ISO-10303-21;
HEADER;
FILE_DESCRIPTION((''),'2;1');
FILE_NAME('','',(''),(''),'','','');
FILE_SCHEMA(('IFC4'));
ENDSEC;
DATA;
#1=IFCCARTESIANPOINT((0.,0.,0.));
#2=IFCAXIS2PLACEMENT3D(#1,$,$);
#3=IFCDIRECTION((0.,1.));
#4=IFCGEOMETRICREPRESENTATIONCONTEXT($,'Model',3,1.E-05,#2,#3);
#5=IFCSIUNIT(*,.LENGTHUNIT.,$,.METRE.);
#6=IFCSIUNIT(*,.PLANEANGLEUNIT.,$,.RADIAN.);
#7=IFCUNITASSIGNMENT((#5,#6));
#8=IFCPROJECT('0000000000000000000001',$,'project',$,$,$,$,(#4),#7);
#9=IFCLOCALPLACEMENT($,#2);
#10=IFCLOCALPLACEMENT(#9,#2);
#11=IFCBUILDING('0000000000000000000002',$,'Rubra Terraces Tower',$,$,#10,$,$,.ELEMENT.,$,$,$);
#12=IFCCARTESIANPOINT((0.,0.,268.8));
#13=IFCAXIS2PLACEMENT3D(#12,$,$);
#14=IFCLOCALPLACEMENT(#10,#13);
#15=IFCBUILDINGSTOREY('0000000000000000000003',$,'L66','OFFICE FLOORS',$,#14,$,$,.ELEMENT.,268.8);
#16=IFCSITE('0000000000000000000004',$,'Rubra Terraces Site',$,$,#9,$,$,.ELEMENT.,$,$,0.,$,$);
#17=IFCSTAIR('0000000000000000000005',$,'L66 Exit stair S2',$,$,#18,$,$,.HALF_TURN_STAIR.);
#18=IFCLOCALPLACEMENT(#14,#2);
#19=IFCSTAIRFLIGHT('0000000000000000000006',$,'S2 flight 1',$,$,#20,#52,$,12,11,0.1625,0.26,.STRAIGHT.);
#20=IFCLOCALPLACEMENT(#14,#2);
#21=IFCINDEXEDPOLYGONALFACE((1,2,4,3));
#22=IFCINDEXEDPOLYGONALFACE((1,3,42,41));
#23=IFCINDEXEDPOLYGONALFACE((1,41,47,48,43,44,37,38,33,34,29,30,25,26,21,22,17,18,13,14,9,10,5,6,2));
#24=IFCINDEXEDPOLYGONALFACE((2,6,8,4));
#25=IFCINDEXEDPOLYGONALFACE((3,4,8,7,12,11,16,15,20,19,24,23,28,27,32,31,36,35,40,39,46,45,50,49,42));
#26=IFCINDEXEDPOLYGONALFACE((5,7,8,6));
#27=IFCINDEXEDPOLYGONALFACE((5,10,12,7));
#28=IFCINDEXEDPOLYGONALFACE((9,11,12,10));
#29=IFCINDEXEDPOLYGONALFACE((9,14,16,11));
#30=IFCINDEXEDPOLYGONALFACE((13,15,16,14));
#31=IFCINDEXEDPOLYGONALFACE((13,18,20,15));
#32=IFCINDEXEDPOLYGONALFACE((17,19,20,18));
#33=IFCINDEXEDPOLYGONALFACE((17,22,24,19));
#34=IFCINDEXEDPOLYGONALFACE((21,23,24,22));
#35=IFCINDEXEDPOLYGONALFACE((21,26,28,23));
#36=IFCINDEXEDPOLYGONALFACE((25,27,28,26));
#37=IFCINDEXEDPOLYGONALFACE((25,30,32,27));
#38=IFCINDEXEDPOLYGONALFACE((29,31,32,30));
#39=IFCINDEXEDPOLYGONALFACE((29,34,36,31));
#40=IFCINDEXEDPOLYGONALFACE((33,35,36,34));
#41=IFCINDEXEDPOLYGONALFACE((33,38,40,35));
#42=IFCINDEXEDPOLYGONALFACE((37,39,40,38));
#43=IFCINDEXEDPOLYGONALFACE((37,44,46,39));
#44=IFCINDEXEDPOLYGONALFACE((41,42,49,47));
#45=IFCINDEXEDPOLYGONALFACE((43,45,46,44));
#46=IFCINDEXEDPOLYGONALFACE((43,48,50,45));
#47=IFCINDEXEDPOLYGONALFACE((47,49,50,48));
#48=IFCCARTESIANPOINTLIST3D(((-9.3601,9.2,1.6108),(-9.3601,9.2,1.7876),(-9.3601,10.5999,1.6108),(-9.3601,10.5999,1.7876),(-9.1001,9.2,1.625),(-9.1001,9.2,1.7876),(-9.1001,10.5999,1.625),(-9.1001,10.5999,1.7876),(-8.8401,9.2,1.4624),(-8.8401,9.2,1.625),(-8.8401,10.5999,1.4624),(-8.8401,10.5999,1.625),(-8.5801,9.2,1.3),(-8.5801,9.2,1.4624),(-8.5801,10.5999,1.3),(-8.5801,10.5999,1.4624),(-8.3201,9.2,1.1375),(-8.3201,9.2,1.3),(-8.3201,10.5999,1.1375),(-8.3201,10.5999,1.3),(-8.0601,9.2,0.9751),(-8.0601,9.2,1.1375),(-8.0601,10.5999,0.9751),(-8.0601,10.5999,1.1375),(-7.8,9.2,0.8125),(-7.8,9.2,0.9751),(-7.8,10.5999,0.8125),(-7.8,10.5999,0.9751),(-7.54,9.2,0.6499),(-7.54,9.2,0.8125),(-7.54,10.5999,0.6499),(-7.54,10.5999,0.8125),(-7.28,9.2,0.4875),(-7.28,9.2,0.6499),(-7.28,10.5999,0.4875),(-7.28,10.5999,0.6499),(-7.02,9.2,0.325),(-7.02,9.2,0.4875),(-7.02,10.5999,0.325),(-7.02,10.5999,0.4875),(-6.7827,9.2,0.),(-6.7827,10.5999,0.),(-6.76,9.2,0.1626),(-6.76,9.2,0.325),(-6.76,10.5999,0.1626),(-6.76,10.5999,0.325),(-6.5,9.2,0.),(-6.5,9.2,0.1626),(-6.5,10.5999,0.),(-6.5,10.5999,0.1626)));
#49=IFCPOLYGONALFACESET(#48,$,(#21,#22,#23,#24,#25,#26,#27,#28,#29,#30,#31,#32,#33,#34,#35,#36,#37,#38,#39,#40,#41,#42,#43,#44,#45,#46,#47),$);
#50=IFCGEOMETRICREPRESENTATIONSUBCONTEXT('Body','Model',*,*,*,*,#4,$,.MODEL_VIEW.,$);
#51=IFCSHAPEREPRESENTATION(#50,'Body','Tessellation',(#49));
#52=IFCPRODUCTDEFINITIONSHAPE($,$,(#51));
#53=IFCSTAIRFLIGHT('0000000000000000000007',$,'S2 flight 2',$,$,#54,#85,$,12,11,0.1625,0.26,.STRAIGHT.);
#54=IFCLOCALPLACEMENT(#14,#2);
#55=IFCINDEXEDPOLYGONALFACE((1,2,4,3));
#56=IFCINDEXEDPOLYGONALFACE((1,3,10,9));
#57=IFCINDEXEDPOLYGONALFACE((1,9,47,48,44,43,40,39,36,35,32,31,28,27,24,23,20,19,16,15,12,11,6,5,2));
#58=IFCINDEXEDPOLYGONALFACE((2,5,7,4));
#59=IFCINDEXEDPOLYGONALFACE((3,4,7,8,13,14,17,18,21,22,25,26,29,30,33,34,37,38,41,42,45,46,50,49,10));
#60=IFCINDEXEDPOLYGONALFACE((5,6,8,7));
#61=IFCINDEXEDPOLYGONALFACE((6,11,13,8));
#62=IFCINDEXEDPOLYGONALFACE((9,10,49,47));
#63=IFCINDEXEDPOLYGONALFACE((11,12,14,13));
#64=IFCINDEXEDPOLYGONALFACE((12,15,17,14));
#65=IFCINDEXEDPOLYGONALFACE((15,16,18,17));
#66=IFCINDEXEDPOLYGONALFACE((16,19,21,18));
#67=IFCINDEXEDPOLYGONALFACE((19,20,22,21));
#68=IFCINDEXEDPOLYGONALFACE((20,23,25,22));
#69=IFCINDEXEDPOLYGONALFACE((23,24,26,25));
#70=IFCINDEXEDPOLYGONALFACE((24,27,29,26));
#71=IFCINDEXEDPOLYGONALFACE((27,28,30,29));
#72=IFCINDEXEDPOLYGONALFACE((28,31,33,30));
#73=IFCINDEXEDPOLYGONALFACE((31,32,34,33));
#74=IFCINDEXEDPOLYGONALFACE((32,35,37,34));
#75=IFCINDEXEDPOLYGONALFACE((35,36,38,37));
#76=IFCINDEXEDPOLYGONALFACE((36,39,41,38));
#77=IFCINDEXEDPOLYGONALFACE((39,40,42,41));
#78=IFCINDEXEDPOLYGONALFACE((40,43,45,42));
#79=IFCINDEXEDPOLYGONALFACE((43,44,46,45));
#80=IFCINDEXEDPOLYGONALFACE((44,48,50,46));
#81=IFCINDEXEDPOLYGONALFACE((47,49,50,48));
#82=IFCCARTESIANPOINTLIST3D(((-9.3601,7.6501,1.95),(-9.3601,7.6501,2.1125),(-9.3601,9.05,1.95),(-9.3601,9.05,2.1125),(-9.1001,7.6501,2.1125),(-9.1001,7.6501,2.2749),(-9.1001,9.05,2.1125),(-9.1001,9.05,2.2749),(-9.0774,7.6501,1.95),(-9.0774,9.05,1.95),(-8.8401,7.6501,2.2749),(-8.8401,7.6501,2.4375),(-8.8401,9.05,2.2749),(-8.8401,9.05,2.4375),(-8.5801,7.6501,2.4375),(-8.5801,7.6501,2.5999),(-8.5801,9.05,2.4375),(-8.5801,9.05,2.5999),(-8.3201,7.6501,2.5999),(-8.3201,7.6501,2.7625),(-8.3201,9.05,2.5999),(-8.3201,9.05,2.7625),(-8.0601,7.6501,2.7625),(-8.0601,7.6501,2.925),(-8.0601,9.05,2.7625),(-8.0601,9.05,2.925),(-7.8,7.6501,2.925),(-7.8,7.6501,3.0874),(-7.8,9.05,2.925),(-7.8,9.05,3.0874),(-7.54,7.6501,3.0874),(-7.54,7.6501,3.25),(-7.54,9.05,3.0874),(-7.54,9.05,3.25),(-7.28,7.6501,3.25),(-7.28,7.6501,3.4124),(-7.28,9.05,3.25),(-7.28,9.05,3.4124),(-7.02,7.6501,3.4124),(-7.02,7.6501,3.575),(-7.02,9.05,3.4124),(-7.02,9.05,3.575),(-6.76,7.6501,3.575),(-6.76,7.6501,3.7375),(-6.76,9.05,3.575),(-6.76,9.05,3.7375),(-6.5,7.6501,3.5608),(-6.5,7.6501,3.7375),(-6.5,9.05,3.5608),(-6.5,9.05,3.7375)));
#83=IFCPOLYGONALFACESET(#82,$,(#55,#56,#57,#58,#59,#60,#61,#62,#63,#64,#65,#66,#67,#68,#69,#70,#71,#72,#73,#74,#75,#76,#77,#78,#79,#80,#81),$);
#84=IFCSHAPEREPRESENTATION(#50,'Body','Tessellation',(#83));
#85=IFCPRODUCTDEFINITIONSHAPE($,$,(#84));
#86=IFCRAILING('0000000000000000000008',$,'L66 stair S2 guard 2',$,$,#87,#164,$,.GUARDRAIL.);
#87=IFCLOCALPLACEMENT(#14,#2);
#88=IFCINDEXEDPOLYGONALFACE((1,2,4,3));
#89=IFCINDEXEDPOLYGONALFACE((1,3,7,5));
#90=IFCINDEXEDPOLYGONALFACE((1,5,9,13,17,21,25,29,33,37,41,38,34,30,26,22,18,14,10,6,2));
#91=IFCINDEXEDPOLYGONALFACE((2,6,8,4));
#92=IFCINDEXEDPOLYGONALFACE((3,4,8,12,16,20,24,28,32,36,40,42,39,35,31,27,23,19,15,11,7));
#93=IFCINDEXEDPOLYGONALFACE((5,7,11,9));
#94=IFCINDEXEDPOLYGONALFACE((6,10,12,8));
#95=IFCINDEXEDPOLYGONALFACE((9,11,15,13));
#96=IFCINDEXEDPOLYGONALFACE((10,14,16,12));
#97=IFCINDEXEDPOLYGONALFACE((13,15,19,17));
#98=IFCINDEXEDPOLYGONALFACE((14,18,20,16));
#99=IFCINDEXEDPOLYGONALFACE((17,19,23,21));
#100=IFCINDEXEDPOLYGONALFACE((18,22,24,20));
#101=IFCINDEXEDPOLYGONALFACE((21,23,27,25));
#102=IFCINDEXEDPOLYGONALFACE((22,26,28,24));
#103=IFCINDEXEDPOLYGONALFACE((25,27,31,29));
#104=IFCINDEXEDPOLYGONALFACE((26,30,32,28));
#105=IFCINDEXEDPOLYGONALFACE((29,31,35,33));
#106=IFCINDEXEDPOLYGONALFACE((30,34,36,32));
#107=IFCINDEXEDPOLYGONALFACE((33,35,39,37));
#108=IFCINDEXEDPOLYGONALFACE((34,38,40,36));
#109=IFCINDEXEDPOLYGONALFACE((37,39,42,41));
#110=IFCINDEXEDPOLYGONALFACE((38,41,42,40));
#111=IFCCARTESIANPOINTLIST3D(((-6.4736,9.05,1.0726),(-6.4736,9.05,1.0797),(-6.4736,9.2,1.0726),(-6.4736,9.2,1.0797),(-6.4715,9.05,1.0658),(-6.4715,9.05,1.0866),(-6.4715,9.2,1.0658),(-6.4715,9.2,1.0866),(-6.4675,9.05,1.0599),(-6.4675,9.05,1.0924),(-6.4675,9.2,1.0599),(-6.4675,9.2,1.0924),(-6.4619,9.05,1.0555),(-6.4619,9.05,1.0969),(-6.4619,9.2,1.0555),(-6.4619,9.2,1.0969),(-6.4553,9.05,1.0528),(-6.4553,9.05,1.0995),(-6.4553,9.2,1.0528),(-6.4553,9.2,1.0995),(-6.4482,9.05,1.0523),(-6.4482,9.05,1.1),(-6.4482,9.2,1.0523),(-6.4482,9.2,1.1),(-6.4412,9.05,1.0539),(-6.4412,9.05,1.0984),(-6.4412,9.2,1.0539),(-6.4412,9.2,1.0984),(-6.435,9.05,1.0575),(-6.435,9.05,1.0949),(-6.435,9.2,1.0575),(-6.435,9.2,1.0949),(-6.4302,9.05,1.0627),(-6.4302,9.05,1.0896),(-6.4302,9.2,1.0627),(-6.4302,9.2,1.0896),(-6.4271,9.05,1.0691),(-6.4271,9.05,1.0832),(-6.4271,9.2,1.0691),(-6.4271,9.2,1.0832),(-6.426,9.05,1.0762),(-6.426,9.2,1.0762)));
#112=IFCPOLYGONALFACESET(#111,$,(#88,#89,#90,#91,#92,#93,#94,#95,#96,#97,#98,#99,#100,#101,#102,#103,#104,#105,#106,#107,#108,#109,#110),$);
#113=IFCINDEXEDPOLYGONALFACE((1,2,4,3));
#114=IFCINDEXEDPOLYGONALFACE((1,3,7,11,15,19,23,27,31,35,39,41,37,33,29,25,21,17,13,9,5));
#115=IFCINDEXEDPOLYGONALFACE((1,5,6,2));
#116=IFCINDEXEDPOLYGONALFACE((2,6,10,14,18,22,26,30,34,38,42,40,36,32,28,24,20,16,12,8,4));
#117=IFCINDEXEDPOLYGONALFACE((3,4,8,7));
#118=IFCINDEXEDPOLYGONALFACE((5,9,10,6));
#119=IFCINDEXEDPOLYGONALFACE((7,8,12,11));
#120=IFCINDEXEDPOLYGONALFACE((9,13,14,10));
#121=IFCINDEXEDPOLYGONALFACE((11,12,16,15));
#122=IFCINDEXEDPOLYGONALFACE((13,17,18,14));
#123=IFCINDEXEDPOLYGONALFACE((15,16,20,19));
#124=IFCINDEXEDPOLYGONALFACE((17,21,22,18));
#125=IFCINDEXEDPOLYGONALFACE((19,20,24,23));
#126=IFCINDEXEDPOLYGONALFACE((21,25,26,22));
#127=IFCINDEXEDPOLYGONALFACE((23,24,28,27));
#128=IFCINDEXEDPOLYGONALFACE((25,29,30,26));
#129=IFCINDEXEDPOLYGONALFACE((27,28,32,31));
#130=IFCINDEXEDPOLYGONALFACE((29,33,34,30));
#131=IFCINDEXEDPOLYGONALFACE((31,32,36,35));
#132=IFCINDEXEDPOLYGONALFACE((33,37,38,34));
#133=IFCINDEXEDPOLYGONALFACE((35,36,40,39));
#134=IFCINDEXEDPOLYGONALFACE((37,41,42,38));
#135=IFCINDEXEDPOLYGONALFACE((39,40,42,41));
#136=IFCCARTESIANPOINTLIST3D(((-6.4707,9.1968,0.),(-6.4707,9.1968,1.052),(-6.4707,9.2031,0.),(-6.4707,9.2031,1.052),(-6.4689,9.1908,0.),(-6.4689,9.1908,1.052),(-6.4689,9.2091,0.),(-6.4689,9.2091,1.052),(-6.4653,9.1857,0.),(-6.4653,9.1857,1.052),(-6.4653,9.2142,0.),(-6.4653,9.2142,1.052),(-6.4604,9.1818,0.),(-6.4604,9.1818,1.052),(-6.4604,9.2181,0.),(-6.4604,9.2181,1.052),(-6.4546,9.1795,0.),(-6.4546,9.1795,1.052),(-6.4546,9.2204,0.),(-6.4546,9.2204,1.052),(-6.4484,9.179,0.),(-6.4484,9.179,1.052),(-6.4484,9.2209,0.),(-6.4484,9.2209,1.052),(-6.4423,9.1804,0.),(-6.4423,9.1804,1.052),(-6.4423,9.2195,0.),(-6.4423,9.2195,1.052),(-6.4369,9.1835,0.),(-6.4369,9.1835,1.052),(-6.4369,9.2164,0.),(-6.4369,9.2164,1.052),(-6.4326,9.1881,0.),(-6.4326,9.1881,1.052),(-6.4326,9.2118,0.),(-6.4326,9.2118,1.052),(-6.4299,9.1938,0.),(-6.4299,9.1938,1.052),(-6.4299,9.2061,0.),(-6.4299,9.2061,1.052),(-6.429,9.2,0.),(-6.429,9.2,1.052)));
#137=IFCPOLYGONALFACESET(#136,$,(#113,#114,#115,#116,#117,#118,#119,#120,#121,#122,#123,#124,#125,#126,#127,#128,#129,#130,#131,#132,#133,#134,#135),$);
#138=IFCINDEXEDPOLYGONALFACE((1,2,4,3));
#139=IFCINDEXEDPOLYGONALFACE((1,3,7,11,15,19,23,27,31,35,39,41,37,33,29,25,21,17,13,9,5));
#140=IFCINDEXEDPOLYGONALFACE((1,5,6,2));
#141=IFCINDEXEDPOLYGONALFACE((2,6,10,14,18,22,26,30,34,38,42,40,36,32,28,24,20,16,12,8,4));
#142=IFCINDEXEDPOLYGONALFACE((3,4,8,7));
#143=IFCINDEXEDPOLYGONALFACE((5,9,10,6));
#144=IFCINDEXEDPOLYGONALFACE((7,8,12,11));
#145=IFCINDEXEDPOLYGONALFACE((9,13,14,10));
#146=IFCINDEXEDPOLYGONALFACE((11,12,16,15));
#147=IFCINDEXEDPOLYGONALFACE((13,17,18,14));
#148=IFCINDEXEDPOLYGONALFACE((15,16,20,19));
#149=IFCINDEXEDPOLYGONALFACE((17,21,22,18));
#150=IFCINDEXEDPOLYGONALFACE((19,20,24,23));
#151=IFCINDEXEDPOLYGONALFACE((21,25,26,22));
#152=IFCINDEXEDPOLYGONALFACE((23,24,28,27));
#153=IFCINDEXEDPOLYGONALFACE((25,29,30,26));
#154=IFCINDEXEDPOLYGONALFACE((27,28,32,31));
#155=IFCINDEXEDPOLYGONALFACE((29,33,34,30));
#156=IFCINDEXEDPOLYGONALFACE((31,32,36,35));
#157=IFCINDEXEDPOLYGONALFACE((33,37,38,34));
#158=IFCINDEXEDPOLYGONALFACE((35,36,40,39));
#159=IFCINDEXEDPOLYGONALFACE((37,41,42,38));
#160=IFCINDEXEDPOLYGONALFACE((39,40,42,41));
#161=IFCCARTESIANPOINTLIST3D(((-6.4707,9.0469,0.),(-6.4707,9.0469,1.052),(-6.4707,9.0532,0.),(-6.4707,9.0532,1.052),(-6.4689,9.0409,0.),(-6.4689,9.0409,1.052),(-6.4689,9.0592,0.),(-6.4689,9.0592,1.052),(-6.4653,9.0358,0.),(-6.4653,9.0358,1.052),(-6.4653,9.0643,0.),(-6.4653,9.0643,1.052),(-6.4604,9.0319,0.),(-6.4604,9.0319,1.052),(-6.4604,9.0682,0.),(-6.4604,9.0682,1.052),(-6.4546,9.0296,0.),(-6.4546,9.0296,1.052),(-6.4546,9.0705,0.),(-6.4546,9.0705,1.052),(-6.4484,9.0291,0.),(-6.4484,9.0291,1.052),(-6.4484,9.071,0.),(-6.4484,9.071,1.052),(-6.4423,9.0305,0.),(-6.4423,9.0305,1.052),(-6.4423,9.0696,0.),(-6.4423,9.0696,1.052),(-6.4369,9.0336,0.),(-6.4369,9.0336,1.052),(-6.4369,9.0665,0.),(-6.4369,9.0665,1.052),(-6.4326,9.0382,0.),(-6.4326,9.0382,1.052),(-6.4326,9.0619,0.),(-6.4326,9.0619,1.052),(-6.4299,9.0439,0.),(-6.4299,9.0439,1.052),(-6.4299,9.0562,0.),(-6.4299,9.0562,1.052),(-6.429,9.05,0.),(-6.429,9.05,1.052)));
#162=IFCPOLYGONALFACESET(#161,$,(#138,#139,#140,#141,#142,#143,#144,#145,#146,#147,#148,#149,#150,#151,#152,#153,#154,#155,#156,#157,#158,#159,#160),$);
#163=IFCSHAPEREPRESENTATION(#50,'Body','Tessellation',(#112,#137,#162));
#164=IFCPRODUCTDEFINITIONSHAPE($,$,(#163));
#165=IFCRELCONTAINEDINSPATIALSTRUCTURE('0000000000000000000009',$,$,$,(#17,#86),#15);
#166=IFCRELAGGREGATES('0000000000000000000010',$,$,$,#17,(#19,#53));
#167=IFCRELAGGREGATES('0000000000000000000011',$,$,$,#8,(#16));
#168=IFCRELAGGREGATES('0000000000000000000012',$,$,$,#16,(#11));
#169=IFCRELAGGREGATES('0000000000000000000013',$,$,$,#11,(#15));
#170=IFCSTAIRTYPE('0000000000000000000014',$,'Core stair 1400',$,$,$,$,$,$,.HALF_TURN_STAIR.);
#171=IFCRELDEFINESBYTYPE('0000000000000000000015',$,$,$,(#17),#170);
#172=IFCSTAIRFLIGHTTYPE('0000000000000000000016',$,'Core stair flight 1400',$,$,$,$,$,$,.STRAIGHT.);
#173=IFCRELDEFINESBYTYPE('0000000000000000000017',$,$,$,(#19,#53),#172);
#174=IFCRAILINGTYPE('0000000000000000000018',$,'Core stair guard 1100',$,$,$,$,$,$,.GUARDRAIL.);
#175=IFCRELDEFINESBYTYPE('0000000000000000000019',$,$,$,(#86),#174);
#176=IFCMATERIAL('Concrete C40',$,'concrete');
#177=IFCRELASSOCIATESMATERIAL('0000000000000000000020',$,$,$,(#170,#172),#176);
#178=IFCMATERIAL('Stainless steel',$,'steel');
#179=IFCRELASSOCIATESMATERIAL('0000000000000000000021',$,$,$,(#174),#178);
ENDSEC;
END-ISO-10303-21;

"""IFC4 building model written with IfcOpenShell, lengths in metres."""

from ifc_helpers import new_model, si_unit, direction, frame, origin, origin_2d, place, context, subcontext, project, spatial, polyline, circle, outline, extrude, material, type_object, element, aggregate, save


model = new_model("IFC4")

# Units and contexts
model_context = context("Model", 3, precision=1e-05, world=origin(), true_north=direction((0.0, 1.0)))
body_context = subcontext(model_context, "Body", "Model", "MODEL_VIEW")
ifc_project = project(units=[si_unit("LENGTHUNIT", "METRE"), si_unit("PLANEANGLEUNIT", "RADIAN")], contexts=[model_context])

# Site, building, storey
site_placement = place(None, origin())
site = spatial("IfcSite", under=ifc_project, at=site_placement, Name="Rubra Terraces Site", CompositionType="ELEMENT", RefElevation=0.0)
building_placement = place(site_placement, origin())
building = spatial("IfcBuilding", under=site, at=building_placement, Name="Rubra Terraces Tower", CompositionType="ELEMENT")
storey_placement = place(building_placement, frame((0.0, 0.0, 268.8)))
storey = spatial("IfcBuildingStorey", under=building, at=storey_placement, Name="L66", Description="OFFICE FLOORS", CompositionType="ELEMENT", Elevation=268.8)

# Shared definitions
ifc_material_1 = material(Name="Concrete C40", Category="concrete")

# Shared definitions
ifc_material_2 = material(Name="Stainless steel", Category="steel")

# Stair, stair flights
stair_type = type_object("IfcStairType", Name="Core stair 1400", PredefinedType="HALF_TURN_STAIR", material=ifc_material_1)
stair_placement = place(storey_placement, origin())
stair = element("IfcStair", 1, at=stair_placement, inside=storey, type_object=stair_type, Name="L66 Exit stair S2", PredefinedType="HALF_TURN_STAIR")
stair_flight_type = type_object("IfcStairFlightType", Name="Core stair flight 1400", PredefinedType="STRAIGHT", material=ifc_material_1)
stair_flight_1_placement = place(storey_placement, frame((-6.5, 9.8999, 0.0), z_axis=(0.0, 0.0, 1.0), x_axis=(-1.0, 0.0, 0.0)))
stair_flight_1 = element("IfcStairFlight", 2, at=stair_flight_1_placement, type_object=stair_flight_type, Name="S2 flight 1", NumberOfRisers=12, NumberOfTreads=11, PredefinedType="STRAIGHT", RiserHeight=0.1625, TreadLength=0.26, context=body_context, shape_type="SweptSolid", body=[
    extrude(outline(polyline([(0.0, 0.0), (0.0, 0.1626), (0.26, 0.1626), (0.26, 0.325), (0.52, 0.325), (0.52, 0.4875), (0.78, 0.4875), (0.78, 0.6499), (1.04, 0.6499), (1.04, 0.8125), (1.3, 0.8125), (1.3, 0.9751), (1.5601, 0.9751), (1.5601, 1.1375), (1.8201, 1.1375), (1.8201, 1.3), (2.0801, 1.3), (2.0801, 1.4624), (2.3401, 1.4624), (2.3401, 1.625), (2.6001, 1.625), (2.6001, 1.7876), (2.8601, 1.7876), (2.8601, 1.95), (2.8601, 1.6108), (0.2827, 0.0), (0.0, 0.0)])), frame((0.0, 0.7, 0.0), z_axis=(0.0, -1.0, 0.0), x_axis=(1.0, 0.0, 0.0)), (0.0, 0.0, 1.0), 1.3999),
])
stair_flight_2_placement = place(storey_placement, frame((-9.3601, 8.3501, 1.95), z_axis=(0.0, 0.0, 1.0), x_axis=(1.0, 0.0, 0.0)))
stair_flight_2 = element("IfcStairFlight", 3, at=stair_flight_2_placement, type_object=stair_flight_type, Name="S2 flight 2", NumberOfRisers=12, NumberOfTreads=11, PredefinedType="STRAIGHT", RiserHeight=0.1625, TreadLength=0.26, context=body_context, shape_type="SweptSolid", body=[
    extrude(outline(polyline([(0.0, 0.0), (0.0, 0.1626), (0.26, 0.1626), (0.26, 0.325), (0.52, 0.325), (0.52, 0.4875), (0.78, 0.4875), (0.78, 0.6499), (1.04, 0.6499), (1.04, 0.8125), (1.3, 0.8125), (1.3, 0.9751), (1.5601, 0.9751), (1.5601, 1.1375), (1.8201, 1.1375), (1.8201, 1.3), (2.0801, 1.3), (2.0801, 1.4624), (2.3401, 1.4624), (2.3401, 1.625), (2.6001, 1.625), (2.6001, 1.7876), (2.8601, 1.7876), (2.8601, 1.95), (2.8601, 1.6108), (0.2827, 0.0), (0.0, 0.0)])), frame((0.0, 0.7, 0.0), z_axis=(0.0, -1.0, 0.0), x_axis=(1.0, 0.0, 0.0)), (0.0, 0.0, 1.0), 1.3999),
])
aggregate(stair, [stair_flight_1, stair_flight_2])

# Railing
railing_type_1 = type_object("IfcRailingType", Name="Core stair guard 1100", PredefinedType="GUARDRAIL", material=ifc_material_2)
railing_1_placement = place(storey_placement, frame((-6.45, 9.2, 0.0)))
element("IfcRailing", 4, at=railing_1_placement, inside=storey, type_object=railing_type_1, Name="L66 stair S2 guard 2", PredefinedType="GUARDRAIL", context=body_context, shape_type="SweptSolid", body=[
    extrude(circle(Radius=0.0239, at=origin_2d()), frame((0.0, 0.0, 1.0762), z_axis=(0.0, -1.0, 0.0), x_axis=(1.0, 0.0, 0.0)), (0.0, 0.0, 1.0), 0.1499),
    extrude(circle(Radius=0.021, at=origin_2d()), origin(), (0.0, 0.0, 1.0), 1.052),
    extrude(circle(Radius=0.021, at=origin_2d()), frame((0.0, -0.1499, 0.0)), (0.0, 0.0, 1.0), 1.052),
])

save(model, "model.ifc")
